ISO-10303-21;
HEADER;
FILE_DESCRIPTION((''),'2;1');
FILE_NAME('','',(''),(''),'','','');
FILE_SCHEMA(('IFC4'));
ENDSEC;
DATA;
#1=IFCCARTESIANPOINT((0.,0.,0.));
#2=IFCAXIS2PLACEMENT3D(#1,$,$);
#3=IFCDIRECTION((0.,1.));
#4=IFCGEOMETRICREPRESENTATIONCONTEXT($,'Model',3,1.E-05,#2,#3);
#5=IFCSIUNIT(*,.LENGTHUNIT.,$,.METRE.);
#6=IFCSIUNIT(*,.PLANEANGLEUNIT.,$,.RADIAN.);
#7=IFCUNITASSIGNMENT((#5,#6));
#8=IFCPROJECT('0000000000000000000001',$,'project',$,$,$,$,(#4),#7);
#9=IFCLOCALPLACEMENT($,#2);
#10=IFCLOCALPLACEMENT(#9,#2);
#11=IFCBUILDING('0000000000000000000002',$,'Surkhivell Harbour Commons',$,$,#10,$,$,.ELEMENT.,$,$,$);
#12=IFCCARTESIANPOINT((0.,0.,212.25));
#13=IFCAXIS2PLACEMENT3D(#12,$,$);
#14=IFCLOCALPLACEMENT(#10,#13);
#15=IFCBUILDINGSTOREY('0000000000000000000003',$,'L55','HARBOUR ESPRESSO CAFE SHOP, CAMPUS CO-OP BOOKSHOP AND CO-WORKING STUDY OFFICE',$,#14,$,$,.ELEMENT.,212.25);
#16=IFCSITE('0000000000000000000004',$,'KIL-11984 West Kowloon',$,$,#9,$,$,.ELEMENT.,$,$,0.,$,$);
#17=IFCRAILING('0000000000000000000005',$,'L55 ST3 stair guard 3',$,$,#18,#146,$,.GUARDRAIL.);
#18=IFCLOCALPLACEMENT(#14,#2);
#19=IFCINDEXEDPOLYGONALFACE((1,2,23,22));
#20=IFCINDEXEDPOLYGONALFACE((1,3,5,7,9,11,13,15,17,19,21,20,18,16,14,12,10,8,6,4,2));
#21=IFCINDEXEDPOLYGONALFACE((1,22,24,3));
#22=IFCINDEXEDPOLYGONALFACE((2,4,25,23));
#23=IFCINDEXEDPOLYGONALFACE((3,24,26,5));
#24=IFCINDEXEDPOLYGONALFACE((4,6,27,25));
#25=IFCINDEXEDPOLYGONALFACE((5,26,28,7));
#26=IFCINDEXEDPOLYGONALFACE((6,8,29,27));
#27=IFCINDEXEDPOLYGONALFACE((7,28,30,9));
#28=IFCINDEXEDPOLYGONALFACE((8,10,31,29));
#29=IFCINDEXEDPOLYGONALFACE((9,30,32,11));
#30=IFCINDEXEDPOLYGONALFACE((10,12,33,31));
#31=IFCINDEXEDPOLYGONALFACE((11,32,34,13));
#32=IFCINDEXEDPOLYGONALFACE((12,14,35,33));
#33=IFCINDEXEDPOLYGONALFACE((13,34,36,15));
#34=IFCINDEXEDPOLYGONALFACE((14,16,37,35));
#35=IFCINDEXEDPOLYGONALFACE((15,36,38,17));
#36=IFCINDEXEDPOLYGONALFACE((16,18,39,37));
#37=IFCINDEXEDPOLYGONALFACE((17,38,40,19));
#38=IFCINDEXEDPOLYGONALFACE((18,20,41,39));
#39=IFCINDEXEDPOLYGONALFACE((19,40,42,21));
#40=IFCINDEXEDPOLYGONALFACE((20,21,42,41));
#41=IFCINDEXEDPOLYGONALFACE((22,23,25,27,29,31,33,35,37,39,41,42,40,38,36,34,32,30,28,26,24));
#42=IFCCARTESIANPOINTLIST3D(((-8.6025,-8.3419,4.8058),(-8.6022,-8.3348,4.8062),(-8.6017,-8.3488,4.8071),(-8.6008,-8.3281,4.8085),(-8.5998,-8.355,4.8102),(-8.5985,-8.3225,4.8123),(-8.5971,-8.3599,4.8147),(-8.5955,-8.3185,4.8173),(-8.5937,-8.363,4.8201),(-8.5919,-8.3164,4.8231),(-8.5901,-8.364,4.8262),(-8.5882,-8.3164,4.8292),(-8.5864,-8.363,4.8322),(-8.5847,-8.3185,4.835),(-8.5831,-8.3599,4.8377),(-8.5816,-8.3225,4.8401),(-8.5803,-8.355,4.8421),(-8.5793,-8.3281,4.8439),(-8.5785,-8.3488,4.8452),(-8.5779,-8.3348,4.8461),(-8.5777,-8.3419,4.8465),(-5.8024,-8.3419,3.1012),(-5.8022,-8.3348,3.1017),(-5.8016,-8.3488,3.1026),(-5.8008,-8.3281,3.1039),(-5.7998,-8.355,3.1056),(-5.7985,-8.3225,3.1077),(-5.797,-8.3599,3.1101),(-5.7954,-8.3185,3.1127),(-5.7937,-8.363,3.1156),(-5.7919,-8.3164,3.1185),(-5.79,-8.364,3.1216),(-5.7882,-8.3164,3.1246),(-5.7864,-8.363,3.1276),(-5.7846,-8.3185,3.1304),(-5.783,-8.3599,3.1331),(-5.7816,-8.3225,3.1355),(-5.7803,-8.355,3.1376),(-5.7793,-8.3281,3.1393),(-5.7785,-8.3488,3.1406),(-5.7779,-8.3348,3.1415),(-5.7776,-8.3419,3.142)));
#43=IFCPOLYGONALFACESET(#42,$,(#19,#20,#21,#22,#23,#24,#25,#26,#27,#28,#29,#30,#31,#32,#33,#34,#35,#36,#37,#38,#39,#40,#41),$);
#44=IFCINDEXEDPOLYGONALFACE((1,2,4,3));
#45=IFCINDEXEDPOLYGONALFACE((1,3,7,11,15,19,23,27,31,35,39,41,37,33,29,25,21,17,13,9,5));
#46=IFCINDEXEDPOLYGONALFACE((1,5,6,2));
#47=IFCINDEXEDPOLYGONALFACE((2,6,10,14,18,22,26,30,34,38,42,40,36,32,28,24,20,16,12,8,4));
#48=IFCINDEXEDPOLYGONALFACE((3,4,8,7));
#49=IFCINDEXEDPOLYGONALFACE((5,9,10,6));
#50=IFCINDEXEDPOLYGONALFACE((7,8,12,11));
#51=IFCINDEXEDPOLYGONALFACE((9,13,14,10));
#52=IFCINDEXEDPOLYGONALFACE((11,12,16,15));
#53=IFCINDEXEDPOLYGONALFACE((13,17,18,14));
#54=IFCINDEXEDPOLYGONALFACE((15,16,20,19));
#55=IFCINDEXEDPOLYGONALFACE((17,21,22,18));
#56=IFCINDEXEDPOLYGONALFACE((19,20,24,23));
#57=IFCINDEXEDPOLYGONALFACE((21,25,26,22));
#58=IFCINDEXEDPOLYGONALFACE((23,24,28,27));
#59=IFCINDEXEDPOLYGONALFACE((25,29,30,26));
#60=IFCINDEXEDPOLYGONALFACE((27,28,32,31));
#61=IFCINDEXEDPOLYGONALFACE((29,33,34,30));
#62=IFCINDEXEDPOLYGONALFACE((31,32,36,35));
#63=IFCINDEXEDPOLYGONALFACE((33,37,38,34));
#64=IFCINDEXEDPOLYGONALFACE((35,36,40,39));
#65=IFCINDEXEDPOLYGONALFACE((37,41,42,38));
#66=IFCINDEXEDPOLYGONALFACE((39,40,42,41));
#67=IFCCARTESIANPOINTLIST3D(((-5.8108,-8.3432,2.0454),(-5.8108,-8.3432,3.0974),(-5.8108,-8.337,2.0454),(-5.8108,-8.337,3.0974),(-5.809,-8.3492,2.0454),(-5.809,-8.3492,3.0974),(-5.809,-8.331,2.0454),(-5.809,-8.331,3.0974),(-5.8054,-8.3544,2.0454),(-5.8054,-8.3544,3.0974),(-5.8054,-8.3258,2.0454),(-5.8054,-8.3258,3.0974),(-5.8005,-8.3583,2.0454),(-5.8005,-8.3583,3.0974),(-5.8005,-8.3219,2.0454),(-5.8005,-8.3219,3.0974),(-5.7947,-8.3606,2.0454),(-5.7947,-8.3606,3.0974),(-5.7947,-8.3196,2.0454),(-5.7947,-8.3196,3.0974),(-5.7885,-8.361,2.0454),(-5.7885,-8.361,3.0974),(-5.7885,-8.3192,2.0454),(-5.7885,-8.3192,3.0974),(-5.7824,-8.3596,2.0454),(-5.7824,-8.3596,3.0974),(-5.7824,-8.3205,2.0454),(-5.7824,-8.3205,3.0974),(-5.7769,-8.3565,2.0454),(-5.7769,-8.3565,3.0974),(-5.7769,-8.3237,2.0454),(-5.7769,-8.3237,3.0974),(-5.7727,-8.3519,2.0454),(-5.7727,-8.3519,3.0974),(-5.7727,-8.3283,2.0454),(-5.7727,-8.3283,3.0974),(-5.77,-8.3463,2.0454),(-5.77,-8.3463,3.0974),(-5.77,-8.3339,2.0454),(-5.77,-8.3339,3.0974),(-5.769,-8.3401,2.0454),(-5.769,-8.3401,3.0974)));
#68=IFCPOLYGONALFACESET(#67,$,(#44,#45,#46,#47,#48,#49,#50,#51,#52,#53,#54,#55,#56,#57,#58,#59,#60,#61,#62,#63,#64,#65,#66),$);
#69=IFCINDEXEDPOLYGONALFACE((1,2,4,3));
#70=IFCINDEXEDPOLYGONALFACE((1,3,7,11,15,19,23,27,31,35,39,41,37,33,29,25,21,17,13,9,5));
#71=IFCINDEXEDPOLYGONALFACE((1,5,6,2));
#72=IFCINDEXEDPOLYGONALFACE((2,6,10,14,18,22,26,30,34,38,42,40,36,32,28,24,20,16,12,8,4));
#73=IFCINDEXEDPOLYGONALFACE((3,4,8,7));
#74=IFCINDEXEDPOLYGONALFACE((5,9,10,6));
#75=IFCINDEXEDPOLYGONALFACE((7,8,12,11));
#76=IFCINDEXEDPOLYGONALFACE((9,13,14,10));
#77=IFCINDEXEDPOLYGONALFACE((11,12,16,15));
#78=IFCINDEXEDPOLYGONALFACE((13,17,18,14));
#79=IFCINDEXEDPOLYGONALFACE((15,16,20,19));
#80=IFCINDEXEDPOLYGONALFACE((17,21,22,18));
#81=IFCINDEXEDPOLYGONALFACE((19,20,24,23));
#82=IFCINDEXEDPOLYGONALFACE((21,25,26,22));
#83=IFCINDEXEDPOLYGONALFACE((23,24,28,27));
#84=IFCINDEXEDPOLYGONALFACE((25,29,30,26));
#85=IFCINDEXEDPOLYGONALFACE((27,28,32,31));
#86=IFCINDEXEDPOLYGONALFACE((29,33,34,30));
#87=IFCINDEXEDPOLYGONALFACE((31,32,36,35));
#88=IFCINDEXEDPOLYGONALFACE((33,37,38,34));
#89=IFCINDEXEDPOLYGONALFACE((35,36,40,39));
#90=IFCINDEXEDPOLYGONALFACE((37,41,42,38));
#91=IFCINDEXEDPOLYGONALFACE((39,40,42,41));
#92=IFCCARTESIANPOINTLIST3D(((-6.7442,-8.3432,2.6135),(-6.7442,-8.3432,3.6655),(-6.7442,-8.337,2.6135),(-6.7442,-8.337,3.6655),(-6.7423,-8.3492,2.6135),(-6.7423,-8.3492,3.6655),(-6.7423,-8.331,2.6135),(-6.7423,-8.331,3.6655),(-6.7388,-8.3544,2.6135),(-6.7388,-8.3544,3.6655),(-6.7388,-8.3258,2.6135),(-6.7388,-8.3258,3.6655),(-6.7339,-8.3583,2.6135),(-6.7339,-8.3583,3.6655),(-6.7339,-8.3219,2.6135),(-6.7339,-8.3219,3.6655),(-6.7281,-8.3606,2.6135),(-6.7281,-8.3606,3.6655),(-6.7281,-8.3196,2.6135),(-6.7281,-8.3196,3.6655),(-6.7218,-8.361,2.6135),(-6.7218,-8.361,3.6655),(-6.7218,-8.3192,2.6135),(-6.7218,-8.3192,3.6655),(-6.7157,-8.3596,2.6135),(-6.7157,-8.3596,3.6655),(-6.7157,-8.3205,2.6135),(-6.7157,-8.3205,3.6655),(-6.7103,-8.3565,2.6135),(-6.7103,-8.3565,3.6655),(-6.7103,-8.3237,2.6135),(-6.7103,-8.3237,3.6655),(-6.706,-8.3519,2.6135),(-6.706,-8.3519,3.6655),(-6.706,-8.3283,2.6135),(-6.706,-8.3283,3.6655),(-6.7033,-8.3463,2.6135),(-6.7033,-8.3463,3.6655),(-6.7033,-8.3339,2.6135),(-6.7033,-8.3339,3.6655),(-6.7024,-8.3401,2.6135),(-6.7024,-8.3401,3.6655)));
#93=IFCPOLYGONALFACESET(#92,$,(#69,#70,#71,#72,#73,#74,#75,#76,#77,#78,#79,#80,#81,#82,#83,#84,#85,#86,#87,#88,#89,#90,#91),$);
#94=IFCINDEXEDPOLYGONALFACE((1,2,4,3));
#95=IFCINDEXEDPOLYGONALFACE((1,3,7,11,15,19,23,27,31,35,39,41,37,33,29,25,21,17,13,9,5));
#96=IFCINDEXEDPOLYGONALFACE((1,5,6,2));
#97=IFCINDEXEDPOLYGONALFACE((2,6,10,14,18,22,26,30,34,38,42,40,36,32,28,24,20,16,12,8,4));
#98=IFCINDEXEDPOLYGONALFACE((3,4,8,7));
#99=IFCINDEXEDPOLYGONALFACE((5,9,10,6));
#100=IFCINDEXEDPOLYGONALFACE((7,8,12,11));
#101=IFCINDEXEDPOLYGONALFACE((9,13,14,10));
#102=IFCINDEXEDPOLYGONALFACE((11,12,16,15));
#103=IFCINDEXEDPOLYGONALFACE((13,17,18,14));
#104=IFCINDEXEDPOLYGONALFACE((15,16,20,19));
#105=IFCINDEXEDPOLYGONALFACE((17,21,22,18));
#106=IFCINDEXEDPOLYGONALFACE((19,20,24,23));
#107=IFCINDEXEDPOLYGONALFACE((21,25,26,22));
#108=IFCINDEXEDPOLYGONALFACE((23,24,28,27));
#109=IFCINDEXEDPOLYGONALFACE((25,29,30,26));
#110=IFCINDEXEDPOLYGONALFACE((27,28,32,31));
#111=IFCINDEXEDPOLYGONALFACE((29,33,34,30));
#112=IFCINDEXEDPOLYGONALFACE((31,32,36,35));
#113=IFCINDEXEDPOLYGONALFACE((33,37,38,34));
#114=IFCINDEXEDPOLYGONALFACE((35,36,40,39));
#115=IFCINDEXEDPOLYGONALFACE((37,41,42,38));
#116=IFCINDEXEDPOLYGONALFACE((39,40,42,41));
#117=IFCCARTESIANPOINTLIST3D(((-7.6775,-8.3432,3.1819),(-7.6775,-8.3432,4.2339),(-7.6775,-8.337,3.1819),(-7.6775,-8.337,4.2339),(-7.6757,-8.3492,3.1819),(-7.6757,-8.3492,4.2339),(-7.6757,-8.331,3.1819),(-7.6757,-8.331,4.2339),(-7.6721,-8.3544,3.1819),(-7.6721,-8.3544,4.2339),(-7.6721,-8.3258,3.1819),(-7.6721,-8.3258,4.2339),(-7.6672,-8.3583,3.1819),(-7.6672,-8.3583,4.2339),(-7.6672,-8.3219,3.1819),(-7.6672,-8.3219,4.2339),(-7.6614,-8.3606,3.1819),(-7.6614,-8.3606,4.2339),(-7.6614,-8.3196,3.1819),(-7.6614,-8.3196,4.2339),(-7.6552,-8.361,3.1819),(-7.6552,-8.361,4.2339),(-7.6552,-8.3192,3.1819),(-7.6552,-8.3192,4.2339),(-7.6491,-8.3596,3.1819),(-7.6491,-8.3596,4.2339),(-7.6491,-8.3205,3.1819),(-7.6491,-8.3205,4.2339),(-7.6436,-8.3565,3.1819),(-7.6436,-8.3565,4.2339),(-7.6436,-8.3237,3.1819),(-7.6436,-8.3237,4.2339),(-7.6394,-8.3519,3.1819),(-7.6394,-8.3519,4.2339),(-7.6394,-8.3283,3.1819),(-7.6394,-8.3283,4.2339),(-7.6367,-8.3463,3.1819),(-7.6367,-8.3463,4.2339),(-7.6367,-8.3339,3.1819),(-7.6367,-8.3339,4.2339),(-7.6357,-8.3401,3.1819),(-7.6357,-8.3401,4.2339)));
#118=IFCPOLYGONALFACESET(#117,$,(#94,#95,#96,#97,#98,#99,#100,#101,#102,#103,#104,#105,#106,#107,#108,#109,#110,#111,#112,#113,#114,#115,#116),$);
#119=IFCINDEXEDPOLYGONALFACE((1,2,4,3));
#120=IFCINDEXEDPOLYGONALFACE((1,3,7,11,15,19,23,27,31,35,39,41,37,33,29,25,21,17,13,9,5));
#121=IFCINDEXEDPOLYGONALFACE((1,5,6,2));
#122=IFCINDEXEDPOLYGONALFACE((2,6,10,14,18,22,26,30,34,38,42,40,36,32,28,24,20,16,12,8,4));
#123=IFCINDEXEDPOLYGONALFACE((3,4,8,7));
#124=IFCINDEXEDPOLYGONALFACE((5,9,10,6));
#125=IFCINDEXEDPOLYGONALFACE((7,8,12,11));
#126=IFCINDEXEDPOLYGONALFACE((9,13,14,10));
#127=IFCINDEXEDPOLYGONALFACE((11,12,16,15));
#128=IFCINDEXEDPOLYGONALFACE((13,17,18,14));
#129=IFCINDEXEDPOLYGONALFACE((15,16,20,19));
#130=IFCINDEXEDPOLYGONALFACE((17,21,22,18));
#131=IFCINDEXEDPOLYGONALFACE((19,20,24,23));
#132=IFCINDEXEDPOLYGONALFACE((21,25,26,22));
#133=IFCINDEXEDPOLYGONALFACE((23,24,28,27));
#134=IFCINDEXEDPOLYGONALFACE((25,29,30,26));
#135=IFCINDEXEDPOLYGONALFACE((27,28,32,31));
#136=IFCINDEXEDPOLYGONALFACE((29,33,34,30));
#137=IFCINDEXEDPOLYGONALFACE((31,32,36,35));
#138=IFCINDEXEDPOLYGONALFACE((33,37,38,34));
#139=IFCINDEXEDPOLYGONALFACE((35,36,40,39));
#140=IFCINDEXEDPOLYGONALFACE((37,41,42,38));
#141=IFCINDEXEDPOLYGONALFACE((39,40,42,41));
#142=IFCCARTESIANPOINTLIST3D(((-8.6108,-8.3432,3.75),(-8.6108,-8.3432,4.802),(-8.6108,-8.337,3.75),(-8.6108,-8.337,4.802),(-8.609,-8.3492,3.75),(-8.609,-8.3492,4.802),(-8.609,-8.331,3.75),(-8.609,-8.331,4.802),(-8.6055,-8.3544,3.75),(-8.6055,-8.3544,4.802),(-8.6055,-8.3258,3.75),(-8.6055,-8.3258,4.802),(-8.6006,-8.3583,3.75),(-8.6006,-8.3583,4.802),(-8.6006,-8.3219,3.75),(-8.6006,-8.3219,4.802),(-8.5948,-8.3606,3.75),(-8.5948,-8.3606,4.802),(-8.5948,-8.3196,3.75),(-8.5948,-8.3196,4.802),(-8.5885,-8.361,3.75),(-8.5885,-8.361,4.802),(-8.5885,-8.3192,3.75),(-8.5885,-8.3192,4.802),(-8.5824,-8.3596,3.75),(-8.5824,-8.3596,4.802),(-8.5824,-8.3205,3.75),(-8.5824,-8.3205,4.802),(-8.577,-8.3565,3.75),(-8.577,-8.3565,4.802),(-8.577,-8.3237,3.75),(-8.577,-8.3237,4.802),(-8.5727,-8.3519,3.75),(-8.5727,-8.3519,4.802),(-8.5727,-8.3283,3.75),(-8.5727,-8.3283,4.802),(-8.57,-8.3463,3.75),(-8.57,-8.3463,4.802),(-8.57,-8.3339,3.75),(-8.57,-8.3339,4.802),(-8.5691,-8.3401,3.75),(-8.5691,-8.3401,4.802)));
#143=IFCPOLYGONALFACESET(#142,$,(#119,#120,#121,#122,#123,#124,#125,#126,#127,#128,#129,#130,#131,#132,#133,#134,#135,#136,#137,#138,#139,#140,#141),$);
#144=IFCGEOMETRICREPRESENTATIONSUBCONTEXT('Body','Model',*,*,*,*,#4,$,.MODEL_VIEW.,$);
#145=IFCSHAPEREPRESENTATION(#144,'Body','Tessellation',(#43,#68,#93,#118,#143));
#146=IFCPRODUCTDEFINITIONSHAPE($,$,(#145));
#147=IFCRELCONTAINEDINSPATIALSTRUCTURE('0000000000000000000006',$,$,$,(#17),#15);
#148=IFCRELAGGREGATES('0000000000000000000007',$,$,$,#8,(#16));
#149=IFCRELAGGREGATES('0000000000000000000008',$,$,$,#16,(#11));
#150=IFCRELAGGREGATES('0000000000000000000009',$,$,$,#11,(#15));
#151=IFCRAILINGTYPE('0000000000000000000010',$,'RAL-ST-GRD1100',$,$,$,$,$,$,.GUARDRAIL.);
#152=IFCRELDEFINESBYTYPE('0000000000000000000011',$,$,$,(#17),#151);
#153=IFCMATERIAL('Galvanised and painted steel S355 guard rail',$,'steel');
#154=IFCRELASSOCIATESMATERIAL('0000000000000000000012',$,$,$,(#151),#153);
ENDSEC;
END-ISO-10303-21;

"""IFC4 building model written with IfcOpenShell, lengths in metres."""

from ifc_helpers import new_model, si_unit, direction, frame, origin, origin_2d, place, context, subcontext, project, spatial, circle, extrude, material, type_object, element, save


model = new_model("IFC4")

# Units and contexts
model_context = context("Model", 3, precision=1e-05, world=origin(), true_north=direction((0.0, 1.0)))
body_context = subcontext(model_context, "Body", "Model", "MODEL_VIEW")
ifc_project = project(units=[si_unit("LENGTHUNIT", "METRE"), si_unit("PLANEANGLEUNIT", "RADIAN")], contexts=[model_context])

# Site, building, storey
site_placement = place(None, origin())
site = spatial("IfcSite", under=ifc_project, at=site_placement, Name="KIL-11984 West Kowloon", CompositionType="ELEMENT", RefElevation=0.0)
building_placement = place(site_placement, origin())
building = spatial("IfcBuilding", under=site, at=building_placement, Name="Surkhivell Harbour Commons", CompositionType="ELEMENT")
storey_placement = place(building_placement, frame((0.0, 0.0, 212.25)))
storey = spatial("IfcBuildingStorey", under=building, at=storey_placement, Name="L55", Description="HARBOUR ESPRESSO CAFE SHOP, CAMPUS CO-OP BOOKSHOP AND CO-WORKING STUDY OFFICE", CompositionType="ELEMENT", Elevation=212.25)

# Railing
ifc_material_1 = material(Name="Galvanised and painted steel S355 guard rail", Category="steel")
railing_type_1 = type_object("IfcRailingType", Name="RAL-ST-GRD1100", PredefinedType="GUARDRAIL", material=ifc_material_1)
railing_1_placement = place(storey_placement, frame((-5.79, -8.3401, 2.0454)))
element("IfcRailing", 1, at=railing_1_placement, inside=storey, type_object=railing_type_1, Name="L55 ST3 stair guard 3", PredefinedType="GUARDRAIL", context=body_context, shape_type="SweptSolid", body=[
    extrude(circle(Radius=0.0239, at=origin_2d()), frame((0.0, 0.0, 1.0762), z_axis=(-0.85417, 0.0, 0.519994), x_axis=(0.0, -1.0, 0.0)), (0.0, 0.0, 1.0), 3.2781),
    extrude(circle(Radius=0.021, at=origin_2d()), origin(), (0.0, 0.0, 1.0), 1.052),
    extrude(circle(Radius=0.021, at=origin_2d()), frame((-0.9333, 0.0, 0.5681)), (0.0, 0.0, 1.0), 1.052),
    extrude(circle(Radius=0.021, at=origin_2d()), frame((-1.8667, 0.0, 1.1365)), (0.0, 0.0, 1.0), 1.052),
    extrude(circle(Radius=0.021, at=origin_2d()), frame((-2.8, 0.0, 1.7046)), (0.0, 0.0, 1.0), 1.052),
])

save(model, "model.ifc")
